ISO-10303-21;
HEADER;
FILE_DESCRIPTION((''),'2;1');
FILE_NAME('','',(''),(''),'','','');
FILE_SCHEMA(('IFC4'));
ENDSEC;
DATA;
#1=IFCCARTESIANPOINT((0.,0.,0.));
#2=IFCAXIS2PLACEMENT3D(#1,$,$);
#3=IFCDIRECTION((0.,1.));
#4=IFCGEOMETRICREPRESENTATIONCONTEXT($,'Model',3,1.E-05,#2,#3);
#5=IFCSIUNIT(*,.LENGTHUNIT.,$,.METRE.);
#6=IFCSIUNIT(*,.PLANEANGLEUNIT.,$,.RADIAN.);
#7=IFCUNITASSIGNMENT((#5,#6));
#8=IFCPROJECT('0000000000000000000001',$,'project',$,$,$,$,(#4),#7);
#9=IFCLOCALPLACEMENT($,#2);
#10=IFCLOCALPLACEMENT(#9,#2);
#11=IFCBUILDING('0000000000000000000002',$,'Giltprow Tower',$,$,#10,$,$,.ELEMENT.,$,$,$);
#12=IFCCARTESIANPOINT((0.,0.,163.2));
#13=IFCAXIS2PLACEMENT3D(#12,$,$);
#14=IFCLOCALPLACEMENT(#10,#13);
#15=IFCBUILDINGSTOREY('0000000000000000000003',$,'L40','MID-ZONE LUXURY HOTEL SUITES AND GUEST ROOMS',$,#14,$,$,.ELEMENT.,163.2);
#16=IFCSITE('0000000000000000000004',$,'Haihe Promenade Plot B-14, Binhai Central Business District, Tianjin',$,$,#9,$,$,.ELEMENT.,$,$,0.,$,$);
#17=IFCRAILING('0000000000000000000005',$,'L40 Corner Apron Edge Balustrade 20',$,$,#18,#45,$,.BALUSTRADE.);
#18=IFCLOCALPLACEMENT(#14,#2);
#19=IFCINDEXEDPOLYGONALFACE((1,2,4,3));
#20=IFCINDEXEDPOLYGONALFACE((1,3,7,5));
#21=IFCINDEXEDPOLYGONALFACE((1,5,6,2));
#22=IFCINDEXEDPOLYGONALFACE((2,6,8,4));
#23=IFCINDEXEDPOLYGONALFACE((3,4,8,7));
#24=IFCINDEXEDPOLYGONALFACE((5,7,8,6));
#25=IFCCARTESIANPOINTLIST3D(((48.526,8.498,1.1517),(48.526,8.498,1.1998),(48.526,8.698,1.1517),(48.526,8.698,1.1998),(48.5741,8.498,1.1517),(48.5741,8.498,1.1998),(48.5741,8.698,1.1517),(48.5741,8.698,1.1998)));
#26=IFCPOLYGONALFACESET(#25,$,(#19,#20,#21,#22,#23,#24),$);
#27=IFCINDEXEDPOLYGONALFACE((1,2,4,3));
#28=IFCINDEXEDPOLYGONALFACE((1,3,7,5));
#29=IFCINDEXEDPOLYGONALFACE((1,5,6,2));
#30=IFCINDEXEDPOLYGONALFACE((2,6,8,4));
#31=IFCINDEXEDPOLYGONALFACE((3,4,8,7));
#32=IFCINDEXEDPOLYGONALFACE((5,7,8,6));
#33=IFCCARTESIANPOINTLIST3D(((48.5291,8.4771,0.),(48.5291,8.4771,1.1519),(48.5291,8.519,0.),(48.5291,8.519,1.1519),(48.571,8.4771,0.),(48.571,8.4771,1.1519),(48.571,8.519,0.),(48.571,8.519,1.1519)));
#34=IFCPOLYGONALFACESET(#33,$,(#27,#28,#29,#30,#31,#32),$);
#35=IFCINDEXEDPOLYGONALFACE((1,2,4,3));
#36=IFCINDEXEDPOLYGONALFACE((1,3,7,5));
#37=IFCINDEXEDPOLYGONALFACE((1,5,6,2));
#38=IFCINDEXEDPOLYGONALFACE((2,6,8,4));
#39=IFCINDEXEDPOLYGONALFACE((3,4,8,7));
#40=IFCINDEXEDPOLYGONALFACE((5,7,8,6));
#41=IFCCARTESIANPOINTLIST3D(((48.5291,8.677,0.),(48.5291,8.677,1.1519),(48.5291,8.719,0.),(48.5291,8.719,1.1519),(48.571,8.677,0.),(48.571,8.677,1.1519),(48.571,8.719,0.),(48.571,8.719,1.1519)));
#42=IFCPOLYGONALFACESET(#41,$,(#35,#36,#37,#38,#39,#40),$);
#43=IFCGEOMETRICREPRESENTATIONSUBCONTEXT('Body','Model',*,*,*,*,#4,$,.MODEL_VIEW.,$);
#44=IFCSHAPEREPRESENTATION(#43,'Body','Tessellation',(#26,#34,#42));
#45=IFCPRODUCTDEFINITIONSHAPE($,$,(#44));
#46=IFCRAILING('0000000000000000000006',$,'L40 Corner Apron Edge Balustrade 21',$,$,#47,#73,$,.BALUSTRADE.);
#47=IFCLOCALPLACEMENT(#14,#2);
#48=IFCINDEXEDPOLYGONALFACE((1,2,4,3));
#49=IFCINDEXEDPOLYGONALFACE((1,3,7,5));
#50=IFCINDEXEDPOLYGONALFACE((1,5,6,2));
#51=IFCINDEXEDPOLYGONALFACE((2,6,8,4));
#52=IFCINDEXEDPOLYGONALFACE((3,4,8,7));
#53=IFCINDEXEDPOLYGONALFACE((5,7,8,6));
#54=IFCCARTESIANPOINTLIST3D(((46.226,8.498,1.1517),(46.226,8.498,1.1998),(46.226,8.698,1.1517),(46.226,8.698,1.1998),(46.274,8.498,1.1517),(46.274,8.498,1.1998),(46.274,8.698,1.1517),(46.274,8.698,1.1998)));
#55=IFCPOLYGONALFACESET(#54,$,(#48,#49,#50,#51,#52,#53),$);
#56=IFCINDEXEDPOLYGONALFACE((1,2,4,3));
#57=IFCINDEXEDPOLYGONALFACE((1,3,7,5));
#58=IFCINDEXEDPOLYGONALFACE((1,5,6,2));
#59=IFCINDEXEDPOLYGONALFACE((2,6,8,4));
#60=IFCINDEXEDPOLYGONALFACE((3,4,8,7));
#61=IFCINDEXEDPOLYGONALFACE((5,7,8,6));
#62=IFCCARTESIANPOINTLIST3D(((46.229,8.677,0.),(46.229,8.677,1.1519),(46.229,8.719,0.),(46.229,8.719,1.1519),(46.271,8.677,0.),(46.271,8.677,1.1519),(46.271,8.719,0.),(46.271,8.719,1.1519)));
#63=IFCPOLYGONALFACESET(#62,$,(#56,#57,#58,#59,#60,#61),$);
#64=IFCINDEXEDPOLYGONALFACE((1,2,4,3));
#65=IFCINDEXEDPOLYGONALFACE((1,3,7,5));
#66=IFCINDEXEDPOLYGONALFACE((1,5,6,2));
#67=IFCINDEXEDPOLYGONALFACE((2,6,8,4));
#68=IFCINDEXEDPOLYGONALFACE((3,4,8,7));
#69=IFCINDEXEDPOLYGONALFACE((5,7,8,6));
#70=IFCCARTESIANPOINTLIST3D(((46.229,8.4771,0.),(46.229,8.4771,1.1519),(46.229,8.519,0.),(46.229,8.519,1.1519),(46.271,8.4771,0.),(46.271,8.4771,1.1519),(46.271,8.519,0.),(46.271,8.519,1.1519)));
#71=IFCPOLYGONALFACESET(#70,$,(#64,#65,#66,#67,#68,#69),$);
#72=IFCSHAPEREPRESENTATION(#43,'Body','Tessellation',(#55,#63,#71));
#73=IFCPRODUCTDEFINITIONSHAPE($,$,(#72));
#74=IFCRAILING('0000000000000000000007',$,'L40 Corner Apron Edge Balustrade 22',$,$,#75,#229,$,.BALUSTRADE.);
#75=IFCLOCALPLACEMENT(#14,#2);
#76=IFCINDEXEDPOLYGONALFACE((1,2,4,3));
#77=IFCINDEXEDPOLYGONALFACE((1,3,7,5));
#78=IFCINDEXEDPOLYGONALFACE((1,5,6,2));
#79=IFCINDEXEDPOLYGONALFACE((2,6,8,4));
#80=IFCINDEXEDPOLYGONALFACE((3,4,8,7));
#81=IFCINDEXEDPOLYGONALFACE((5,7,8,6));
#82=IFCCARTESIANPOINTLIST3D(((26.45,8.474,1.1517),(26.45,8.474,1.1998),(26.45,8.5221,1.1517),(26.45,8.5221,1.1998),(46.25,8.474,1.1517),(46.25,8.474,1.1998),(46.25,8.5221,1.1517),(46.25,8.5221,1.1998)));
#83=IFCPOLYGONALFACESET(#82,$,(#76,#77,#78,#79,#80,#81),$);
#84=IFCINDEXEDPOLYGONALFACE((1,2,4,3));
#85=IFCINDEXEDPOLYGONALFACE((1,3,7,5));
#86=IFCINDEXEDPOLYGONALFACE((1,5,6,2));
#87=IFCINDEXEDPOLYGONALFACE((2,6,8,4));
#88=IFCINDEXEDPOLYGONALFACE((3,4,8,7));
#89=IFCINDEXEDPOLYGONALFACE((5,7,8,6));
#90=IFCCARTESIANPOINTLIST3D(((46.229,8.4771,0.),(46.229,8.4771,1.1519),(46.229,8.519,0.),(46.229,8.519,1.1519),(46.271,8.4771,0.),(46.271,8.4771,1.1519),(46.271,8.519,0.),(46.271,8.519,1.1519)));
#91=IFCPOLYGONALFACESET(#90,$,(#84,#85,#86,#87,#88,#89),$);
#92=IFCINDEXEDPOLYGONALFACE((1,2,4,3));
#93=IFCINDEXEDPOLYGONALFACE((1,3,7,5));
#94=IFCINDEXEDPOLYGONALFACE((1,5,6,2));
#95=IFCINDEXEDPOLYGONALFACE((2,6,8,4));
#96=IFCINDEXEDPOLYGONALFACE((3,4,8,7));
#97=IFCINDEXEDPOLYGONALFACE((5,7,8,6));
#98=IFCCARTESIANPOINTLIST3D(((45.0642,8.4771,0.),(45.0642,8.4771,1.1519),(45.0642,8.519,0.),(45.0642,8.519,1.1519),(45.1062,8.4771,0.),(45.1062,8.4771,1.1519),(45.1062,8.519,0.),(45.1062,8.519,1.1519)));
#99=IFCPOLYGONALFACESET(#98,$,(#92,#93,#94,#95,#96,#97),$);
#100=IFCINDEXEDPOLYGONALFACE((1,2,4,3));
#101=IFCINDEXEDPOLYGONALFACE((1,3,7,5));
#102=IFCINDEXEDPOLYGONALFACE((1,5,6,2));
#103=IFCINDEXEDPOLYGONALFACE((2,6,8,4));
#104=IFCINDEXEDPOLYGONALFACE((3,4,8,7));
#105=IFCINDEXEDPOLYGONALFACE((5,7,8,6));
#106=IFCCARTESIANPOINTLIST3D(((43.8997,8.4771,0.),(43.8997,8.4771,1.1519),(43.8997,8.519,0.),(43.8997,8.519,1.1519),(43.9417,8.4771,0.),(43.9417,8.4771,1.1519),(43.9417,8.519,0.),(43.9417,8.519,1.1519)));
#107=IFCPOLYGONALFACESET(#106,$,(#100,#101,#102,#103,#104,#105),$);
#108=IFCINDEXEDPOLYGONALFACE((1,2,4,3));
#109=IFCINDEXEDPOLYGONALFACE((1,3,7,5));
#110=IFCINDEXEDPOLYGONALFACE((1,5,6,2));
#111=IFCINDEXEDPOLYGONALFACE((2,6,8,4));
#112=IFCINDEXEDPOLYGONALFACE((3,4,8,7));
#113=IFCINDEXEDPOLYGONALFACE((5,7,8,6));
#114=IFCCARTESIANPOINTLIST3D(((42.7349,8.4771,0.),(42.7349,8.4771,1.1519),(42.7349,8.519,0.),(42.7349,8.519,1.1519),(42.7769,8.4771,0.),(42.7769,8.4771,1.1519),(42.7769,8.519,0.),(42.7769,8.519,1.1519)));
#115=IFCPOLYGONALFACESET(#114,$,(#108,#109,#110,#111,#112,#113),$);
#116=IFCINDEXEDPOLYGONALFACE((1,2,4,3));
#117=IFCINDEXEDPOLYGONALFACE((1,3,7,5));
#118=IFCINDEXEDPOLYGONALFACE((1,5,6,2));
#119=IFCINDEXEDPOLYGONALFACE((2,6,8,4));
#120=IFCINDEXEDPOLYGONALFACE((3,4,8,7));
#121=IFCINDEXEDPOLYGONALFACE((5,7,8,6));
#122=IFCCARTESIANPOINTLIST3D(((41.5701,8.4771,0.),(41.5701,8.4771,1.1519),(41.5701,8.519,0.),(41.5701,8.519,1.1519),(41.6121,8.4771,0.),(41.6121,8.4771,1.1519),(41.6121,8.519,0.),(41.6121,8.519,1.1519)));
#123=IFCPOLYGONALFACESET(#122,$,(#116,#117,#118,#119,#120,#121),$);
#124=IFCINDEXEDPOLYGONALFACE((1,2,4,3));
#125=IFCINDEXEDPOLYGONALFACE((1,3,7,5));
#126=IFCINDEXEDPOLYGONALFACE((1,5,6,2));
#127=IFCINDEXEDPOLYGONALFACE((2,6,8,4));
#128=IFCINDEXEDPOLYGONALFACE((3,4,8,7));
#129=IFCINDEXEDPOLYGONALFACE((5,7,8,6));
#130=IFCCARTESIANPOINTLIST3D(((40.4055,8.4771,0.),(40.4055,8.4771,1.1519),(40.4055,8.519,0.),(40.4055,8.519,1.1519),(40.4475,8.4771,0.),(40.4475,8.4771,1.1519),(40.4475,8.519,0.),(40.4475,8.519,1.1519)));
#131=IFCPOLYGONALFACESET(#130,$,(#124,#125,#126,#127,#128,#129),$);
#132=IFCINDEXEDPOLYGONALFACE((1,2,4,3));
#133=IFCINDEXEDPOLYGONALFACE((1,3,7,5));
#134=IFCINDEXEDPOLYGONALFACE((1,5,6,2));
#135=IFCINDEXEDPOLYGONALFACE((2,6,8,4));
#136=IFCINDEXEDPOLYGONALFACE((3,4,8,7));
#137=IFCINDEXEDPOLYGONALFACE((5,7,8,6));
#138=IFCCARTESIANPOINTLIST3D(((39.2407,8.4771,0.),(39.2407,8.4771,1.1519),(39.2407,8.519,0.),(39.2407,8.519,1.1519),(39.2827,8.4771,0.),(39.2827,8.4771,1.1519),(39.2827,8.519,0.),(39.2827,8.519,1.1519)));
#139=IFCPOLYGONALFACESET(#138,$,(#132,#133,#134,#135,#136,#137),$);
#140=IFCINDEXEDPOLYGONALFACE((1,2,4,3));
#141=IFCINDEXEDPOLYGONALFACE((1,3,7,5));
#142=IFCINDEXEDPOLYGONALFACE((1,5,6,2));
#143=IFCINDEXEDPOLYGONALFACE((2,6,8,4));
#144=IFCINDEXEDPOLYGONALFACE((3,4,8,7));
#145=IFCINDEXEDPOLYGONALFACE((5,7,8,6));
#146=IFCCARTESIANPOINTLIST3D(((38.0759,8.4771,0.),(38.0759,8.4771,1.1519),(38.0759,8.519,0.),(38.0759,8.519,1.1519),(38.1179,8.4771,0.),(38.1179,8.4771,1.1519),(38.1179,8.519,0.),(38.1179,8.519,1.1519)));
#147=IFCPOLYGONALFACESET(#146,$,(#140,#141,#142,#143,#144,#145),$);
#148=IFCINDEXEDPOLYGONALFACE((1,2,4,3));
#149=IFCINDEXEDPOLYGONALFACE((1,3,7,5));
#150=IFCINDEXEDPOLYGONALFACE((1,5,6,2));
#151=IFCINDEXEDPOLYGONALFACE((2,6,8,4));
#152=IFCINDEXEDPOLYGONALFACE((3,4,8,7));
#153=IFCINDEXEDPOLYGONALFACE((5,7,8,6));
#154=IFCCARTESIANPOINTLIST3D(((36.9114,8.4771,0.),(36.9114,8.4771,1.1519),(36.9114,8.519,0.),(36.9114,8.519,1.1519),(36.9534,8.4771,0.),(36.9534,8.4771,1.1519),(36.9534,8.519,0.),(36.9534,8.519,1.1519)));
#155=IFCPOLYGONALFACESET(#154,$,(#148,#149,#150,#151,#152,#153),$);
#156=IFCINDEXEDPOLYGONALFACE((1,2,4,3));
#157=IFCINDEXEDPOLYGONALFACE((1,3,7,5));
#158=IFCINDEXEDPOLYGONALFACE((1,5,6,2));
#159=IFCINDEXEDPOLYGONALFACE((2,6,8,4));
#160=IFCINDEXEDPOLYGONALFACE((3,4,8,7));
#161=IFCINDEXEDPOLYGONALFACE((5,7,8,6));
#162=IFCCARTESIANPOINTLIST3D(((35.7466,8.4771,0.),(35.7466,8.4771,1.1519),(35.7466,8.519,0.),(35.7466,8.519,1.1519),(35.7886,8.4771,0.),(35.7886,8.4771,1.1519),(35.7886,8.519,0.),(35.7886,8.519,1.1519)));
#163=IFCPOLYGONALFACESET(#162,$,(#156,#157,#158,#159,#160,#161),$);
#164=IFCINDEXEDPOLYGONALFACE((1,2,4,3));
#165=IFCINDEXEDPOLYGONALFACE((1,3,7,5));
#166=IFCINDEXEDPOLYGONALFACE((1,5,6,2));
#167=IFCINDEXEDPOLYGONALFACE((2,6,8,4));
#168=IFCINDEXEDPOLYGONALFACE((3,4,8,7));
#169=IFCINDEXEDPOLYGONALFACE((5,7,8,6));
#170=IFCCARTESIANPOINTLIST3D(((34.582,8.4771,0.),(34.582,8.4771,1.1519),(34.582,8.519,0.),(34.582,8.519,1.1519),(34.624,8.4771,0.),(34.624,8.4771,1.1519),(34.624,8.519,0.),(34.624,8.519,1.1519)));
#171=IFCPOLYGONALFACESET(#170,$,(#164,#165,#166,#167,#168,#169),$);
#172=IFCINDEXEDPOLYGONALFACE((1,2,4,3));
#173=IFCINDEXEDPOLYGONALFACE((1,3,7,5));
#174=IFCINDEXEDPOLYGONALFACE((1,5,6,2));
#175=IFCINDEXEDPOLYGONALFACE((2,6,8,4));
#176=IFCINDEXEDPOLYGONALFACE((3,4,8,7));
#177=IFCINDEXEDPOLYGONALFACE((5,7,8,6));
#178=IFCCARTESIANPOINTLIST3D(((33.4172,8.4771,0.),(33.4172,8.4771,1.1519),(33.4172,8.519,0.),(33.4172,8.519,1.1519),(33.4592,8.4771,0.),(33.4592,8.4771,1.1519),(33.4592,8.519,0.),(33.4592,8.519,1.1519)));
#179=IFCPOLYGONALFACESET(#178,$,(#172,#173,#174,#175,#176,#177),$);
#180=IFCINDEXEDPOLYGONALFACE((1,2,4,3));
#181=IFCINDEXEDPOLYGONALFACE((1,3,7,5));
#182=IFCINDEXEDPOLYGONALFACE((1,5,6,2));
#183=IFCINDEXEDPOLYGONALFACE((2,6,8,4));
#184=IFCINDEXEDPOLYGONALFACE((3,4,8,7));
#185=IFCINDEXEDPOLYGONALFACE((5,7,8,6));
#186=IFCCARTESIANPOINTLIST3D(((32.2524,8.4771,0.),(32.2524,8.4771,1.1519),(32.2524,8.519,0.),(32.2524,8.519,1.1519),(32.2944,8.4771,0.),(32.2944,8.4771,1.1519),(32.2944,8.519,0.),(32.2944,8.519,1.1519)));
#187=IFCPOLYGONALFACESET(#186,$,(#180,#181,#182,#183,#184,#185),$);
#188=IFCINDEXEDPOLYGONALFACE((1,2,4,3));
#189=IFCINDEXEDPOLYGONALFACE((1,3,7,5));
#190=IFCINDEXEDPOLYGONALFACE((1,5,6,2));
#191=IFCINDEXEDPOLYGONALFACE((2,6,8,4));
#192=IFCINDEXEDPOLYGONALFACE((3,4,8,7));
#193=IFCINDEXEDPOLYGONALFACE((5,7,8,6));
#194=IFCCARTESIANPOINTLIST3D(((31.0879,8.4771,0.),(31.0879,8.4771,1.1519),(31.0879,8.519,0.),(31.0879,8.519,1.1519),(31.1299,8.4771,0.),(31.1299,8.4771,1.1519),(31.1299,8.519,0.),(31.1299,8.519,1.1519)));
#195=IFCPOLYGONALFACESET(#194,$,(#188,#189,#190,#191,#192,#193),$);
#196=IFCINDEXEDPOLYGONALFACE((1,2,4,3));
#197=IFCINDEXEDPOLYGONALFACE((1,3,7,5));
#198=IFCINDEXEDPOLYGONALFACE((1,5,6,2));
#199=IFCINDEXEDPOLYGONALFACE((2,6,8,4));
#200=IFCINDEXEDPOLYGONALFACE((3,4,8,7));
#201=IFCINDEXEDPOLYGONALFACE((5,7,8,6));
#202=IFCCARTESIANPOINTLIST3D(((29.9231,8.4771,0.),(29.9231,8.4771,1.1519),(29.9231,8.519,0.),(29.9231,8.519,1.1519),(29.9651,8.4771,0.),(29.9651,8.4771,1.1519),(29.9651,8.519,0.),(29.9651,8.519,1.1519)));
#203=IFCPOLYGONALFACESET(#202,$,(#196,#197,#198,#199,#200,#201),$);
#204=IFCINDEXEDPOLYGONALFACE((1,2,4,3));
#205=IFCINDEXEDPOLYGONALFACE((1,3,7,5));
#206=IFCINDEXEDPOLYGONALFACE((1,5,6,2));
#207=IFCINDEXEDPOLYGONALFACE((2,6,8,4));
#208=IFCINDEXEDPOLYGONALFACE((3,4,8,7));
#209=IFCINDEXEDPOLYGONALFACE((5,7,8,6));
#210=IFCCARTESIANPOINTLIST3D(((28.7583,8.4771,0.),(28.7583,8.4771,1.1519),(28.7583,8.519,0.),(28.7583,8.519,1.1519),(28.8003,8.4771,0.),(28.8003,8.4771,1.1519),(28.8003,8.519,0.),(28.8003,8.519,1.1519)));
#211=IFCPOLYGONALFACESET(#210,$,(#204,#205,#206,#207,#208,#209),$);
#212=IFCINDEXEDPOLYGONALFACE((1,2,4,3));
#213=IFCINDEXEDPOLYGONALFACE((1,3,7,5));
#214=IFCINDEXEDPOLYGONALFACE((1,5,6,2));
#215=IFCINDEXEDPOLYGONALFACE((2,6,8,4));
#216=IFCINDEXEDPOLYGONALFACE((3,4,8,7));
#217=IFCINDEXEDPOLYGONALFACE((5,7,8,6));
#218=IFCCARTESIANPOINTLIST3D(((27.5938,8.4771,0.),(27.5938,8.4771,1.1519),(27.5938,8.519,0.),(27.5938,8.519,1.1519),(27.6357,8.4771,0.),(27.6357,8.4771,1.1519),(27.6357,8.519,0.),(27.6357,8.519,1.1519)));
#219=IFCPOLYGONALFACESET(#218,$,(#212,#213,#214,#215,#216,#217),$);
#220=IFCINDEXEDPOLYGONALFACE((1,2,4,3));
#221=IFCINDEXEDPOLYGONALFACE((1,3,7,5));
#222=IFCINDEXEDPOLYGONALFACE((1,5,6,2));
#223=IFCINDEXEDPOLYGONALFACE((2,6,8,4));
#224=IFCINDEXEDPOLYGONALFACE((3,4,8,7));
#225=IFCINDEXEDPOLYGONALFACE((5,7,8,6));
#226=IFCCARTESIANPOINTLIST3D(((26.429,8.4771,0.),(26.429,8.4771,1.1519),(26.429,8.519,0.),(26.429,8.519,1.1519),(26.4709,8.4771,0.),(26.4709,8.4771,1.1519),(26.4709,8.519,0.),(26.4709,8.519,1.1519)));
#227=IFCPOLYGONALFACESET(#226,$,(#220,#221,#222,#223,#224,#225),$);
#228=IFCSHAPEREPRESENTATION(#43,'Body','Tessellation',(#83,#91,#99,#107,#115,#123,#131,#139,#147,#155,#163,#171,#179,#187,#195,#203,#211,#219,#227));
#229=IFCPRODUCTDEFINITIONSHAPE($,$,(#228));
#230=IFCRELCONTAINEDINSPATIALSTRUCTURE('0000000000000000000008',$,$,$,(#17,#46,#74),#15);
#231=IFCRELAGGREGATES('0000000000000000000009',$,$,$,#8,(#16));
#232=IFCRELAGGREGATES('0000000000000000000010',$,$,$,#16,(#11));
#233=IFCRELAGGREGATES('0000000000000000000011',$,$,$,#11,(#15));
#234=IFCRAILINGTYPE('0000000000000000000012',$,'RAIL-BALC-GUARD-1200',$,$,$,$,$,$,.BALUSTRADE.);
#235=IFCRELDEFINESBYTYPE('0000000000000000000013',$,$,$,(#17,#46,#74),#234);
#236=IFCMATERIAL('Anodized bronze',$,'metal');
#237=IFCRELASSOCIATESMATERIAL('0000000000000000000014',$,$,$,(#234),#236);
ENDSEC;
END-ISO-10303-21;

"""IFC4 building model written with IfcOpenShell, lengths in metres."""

from ifc_helpers import new_model, si_unit, direction, frame, origin, origin_2d, place, context, subcontext, project, spatial, rectangle, extrude, material, type_object, element, save


model = new_model("IFC4")

# Units and contexts
model_context = context("Model", 3, precision=1e-05, world=origin(), true_north=direction((0.0, 1.0)))
body_context = subcontext(model_context, "Body", "Model", "MODEL_VIEW")
ifc_project = project(units=[si_unit("LENGTHUNIT", "METRE"), si_unit("PLANEANGLEUNIT", "RADIAN")], contexts=[model_context])

# Site, building, storey
site_placement = place(None, origin())
site = spatial("IfcSite", under=ifc_project, at=site_placement, Name="Haihe Promenade Plot B-14, Binhai Central Business District, Tianjin", CompositionType="ELEMENT", RefElevation=0.0)
building_placement = place(site_placement, origin())
building = spatial("IfcBuilding", under=site, at=building_placement, Name="Giltprow Tower", CompositionType="ELEMENT")
storey_placement = place(building_placement, frame((0.0, 0.0, 163.2)))
storey = spatial("IfcBuildingStorey", under=building, at=storey_placement, Name="L40", Description="MID-ZONE LUXURY HOTEL SUITES AND GUEST ROOMS", CompositionType="ELEMENT", Elevation=163.2)

# Shared definitions
ifc_material_1 = material(Name="Anodized bronze", Category="metal")

# Railings
railing_type = type_object("IfcRailingType", Name="RAIL-BALC-GUARD-1200", PredefinedType="BALUSTRADE", material=ifc_material_1)
railing_1_placement = place(storey_placement, frame((48.55, 8.498, 0.0)))
element("IfcRailing", 1, at=railing_1_placement, inside=storey, type_object=railing_type, Name="L40 Corner Apron Edge Balustrade 20", PredefinedType="BALUSTRADE", context=body_context, shape_type="SweptSolid", body=[
    extrude(rectangle(XDim=0.0481, YDim=0.0481, at=origin_2d()), frame((0.0, 0.0, 1.1758), z_axis=(0.0, 1.0, 0.0), x_axis=(-1.0, 0.0, 0.0)), (0.0, 0.0, 1.0), 0.2),
    extrude(rectangle(XDim=0.042, YDim=0.042, at=origin_2d()), origin(), (0.0, 0.0, 1.0), 1.1519),
    extrude(rectangle(XDim=0.042, YDim=0.042, at=origin_2d()), frame((0.0, 0.2, 0.0)), (0.0, 0.0, 1.0), 1.1519),
])
railing_2_placement = place(storey_placement, frame((46.25, 8.698, 0.0)))
element("IfcRailing", 2, at=railing_2_placement, inside=storey, type_object=railing_type, Name="L40 Corner Apron Edge Balustrade 21", PredefinedType="BALUSTRADE", context=body_context, shape_type="SweptSolid", body=[
    extrude(rectangle(XDim=0.0481, YDim=0.0481, at=origin_2d()), frame((0.0, 0.0, 1.1758), z_axis=(0.0, -1.0, 0.0), x_axis=(1.0, 0.0, 0.0)), (0.0, 0.0, 1.0), 0.2),
    extrude(rectangle(XDim=0.042, YDim=0.042, at=origin_2d()), origin(), (0.0, 0.0, 1.0), 1.1519),
    extrude(rectangle(XDim=0.042, YDim=0.042, at=origin_2d()), frame((0.0, -0.2, 0.0)), (0.0, 0.0, 1.0), 1.1519),
])
railing_3_placement = place(storey_placement, frame((46.25, 8.498, 0.0)))
element("IfcRailing", 3, at=railing_3_placement, inside=storey, type_object=railing_type, Name="L40 Corner Apron Edge Balustrade 22", PredefinedType="BALUSTRADE", context=body_context, shape_type="SweptSolid", body=[
    extrude(rectangle(XDim=0.0481, YDim=0.0481, at=origin_2d()), frame((0.0, 0.0, 1.1758), z_axis=(-1.0, 0.0, 0.0), x_axis=(0.0, -1.0, 0.0)), (0.0, 0.0, 1.0), 19.8),
    extrude(rectangle(XDim=0.042, YDim=0.042, at=origin_2d()), origin(), (0.0, 0.0, 1.0), 1.1519),
    extrude(rectangle(XDim=0.042, YDim=0.042, at=origin_2d()), frame((-1.1648, 0.0, 0.0)), (0.0, 0.0, 1.0), 1.1519),
    extrude(rectangle(XDim=0.042, YDim=0.042, at=origin_2d()), frame((-2.3293, 0.0, 0.0)), (0.0, 0.0, 1.0), 1.1519),
    extrude(rectangle(XDim=0.042, YDim=0.042, at=origin_2d()), frame((-3.4941, 0.0, 0.0)), (0.0, 0.0, 1.0), 1.1519),
    extrude(rectangle(XDim=0.042, YDim=0.042, at=origin_2d()), frame((-4.6589, 0.0, 0.0)), (0.0, 0.0, 1.0), 1.1519),
    extrude(rectangle(XDim=0.042, YDim=0.042, at=origin_2d()), frame((-5.8235, 0.0, 0.0)), (0.0, 0.0, 1.0), 1.1519),
    extrude(rectangle(XDim=0.042, YDim=0.042, at=origin_2d()), frame((-6.9883, 0.0, 0.0)), (0.0, 0.0, 1.0), 1.1519),
    extrude(rectangle(XDim=0.042, YDim=0.042, at=origin_2d()), frame((-8.1531, 0.0, 0.0)), (0.0, 0.0, 1.0), 1.1519),
    extrude(rectangle(XDim=0.042, YDim=0.042, at=origin_2d()), frame((-9.3176, 0.0, 0.0)), (0.0, 0.0, 1.0), 1.1519),
    extrude(rectangle(XDim=0.042, YDim=0.042, at=origin_2d()), frame((-10.4824, 0.0, 0.0)), (0.0, 0.0, 1.0), 1.1519),
    extrude(rectangle(XDim=0.042, YDim=0.042, at=origin_2d()), frame((-11.647, 0.0, 0.0)), (0.0, 0.0, 1.0), 1.1519),
    extrude(rectangle(XDim=0.042, YDim=0.042, at=origin_2d()), frame((-12.8118, 0.0, 0.0)), (0.0, 0.0, 1.0), 1.1519),
    extrude(rectangle(XDim=0.042, YDim=0.042, at=origin_2d()), frame((-13.9766, 0.0, 0.0)), (0.0, 0.0, 1.0), 1.1519),
    extrude(rectangle(XDim=0.042, YDim=0.042, at=origin_2d()), frame((-15.1411, 0.0, 0.0)), (0.0, 0.0, 1.0), 1.1519),
    extrude(rectangle(XDim=0.042, YDim=0.042, at=origin_2d()), frame((-16.3059, 0.0, 0.0)), (0.0, 0.0, 1.0), 1.1519),
    extrude(rectangle(XDim=0.042, YDim=0.042, at=origin_2d()), frame((-17.4707, 0.0, 0.0)), (0.0, 0.0, 1.0), 1.1519),
    extrude(rectangle(XDim=0.042, YDim=0.042, at=origin_2d()), frame((-18.6353, 0.0, 0.0)), (0.0, 0.0, 1.0), 1.1519),
    extrude(rectangle(XDim=0.042, YDim=0.042, at=origin_2d()), frame((-19.8, 0.0, 0.0)), (0.0, 0.0, 1.0), 1.1519),
])

save(model, "model.ifc")
